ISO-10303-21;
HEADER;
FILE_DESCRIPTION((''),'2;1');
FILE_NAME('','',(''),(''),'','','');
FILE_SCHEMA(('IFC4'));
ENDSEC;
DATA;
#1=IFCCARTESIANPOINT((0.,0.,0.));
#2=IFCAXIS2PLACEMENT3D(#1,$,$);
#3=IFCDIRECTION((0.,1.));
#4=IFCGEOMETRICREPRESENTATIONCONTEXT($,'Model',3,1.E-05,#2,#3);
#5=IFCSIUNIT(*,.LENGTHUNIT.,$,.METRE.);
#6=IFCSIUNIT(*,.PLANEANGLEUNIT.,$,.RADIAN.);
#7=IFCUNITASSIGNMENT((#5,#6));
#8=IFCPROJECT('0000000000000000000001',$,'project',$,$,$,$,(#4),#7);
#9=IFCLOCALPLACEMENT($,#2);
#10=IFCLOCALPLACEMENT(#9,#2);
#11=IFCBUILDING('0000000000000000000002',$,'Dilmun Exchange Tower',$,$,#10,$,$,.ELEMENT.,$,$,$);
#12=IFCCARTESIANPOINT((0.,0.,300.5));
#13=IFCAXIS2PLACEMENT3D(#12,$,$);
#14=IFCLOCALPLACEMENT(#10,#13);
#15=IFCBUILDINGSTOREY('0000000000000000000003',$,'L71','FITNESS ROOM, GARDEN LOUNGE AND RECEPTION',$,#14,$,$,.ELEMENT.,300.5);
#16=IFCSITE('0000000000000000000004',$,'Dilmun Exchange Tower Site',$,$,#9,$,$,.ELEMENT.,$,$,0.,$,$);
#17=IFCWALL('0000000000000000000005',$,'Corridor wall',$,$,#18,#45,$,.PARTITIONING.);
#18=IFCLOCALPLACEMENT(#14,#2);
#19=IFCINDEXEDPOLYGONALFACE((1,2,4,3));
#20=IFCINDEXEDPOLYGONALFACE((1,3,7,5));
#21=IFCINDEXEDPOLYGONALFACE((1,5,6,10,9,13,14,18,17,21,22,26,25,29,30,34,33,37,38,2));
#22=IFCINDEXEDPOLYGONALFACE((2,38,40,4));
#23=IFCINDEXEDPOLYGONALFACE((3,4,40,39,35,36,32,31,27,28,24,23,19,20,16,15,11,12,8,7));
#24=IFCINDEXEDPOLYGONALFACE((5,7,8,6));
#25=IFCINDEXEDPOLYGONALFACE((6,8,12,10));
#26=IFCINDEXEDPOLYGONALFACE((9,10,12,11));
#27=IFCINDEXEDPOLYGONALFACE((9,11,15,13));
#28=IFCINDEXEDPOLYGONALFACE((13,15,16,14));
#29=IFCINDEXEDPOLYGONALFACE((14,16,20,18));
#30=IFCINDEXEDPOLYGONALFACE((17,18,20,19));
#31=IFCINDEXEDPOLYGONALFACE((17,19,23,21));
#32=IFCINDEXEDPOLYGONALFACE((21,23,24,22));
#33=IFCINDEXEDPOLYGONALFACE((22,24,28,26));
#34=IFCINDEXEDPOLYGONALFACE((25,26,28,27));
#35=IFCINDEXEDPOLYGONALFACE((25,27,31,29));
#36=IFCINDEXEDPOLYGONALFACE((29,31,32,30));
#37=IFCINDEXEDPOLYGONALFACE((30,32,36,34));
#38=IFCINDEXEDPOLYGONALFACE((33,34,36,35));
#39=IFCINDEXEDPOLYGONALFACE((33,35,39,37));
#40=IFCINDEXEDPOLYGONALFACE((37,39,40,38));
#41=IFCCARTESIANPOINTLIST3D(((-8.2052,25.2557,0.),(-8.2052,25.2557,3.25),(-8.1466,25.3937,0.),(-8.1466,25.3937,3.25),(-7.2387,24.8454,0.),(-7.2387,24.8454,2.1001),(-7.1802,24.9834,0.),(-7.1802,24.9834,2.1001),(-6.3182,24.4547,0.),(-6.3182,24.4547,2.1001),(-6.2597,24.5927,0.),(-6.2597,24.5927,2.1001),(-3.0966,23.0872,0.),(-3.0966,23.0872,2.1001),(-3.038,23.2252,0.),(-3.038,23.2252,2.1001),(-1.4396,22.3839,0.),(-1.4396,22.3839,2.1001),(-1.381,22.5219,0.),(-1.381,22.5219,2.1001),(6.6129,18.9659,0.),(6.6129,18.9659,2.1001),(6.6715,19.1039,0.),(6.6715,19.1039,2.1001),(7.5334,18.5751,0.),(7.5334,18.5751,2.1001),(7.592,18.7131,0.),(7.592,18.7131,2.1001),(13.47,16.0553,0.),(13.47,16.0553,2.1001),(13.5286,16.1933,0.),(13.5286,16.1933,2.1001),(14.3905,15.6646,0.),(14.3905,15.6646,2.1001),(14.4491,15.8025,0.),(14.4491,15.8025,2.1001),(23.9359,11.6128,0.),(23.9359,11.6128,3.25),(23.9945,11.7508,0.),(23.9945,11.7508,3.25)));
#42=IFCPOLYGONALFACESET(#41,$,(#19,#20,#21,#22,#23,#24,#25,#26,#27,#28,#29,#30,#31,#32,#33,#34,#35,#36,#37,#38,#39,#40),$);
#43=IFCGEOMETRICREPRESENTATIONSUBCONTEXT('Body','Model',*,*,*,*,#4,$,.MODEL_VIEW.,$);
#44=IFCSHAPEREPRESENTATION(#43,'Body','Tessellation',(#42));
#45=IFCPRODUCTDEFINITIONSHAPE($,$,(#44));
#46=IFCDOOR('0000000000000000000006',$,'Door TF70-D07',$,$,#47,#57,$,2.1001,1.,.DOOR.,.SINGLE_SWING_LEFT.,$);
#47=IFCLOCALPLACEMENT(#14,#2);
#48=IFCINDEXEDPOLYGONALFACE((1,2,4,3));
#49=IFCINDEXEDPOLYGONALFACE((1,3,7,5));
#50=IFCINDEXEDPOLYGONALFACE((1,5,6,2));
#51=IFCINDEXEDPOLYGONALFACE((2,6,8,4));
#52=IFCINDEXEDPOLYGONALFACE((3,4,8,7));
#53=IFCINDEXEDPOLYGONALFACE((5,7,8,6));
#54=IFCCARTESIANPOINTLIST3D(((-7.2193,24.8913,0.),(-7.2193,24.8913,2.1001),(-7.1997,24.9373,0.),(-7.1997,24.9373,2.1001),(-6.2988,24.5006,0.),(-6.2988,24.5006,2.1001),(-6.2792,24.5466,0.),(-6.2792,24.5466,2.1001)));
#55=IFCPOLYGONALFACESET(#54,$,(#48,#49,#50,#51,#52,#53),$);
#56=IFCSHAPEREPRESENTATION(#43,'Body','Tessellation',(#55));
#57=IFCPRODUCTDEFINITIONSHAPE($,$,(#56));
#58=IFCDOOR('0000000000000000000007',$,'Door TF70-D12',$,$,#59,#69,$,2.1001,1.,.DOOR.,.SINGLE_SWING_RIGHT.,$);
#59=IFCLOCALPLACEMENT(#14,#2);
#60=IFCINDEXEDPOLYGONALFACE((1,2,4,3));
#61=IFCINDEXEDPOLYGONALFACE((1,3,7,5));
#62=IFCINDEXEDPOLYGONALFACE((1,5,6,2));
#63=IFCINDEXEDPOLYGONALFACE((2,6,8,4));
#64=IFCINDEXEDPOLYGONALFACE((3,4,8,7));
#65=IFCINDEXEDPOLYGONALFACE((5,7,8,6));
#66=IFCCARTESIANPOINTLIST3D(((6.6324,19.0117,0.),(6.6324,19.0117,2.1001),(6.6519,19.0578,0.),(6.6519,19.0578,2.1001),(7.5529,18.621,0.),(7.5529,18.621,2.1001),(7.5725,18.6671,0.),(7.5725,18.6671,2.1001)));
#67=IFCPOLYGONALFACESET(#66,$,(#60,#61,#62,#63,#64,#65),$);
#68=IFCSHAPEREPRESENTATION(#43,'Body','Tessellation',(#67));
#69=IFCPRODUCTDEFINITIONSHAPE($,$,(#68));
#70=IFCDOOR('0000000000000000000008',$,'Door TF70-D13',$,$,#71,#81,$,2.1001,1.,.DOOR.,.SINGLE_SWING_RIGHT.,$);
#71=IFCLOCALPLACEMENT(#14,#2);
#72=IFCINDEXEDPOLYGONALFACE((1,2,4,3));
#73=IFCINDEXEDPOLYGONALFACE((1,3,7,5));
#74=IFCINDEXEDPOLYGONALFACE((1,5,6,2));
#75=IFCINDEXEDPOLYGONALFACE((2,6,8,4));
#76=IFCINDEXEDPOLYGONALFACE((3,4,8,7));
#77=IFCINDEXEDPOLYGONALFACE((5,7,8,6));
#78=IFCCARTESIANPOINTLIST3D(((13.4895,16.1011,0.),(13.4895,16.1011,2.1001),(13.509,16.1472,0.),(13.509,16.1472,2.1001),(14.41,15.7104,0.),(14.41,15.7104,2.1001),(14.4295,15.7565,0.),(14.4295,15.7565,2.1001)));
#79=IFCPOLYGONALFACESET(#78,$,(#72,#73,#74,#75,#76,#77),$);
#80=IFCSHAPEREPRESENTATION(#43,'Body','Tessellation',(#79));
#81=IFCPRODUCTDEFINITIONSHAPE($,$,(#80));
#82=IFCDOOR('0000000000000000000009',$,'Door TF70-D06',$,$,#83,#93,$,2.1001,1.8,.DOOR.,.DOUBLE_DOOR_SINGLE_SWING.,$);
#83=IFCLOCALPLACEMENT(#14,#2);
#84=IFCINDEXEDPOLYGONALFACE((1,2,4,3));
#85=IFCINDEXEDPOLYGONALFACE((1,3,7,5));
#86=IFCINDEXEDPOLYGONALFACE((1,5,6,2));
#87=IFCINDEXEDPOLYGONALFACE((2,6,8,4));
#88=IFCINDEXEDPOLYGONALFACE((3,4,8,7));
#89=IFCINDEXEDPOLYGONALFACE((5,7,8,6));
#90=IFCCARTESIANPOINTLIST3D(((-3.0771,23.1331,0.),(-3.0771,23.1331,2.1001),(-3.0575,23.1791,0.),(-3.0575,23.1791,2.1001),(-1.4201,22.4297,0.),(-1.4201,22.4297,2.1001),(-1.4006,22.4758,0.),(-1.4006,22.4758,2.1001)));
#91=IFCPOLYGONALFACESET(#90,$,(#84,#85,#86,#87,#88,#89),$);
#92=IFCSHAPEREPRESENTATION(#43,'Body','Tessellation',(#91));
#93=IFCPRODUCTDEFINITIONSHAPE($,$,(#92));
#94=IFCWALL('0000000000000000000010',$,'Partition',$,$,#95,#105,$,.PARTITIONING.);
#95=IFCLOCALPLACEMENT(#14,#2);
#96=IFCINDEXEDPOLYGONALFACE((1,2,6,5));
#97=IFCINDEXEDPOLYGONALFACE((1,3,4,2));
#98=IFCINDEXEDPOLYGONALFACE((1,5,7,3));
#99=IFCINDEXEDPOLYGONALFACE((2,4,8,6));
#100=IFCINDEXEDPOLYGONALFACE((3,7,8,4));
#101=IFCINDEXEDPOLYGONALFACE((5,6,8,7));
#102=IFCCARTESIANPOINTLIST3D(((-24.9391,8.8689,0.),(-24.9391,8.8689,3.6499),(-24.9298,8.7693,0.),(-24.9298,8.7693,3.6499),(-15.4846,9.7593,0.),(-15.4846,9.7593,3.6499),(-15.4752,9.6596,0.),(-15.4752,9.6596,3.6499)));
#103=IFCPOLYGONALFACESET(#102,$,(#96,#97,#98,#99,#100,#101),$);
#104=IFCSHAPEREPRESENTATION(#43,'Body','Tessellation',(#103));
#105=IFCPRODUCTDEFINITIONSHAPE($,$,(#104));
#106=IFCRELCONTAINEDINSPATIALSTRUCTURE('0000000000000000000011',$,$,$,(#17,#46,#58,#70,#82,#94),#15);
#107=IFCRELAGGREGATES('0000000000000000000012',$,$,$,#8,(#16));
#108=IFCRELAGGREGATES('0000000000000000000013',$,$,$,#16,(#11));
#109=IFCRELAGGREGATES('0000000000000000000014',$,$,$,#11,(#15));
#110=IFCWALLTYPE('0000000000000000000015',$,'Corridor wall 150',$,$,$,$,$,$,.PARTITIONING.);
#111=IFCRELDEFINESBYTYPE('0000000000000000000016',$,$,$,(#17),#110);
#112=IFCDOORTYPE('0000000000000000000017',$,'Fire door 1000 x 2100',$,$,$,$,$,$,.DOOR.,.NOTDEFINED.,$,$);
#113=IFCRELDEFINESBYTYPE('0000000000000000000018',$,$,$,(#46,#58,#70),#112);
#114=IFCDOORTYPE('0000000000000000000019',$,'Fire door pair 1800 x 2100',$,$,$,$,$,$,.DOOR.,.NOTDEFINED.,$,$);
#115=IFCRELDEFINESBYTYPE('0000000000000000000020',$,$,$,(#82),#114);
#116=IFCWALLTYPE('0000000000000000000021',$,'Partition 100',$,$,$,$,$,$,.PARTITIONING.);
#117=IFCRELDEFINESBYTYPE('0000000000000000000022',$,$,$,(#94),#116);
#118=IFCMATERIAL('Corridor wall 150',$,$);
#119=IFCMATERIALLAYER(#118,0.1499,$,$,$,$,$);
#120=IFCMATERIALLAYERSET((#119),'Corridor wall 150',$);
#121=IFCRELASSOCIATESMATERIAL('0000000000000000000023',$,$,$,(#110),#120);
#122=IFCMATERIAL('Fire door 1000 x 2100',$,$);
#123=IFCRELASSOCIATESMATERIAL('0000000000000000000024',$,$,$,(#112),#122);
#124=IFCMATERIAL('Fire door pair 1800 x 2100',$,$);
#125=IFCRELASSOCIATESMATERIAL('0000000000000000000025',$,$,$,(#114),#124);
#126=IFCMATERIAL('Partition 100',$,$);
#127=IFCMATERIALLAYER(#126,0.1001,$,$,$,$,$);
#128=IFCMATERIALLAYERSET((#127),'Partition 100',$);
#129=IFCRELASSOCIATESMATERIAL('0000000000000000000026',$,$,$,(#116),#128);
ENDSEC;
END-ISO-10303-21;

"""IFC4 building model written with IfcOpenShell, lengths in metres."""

from ifc_helpers import new_model, si_unit, direction, frame, frame_2d, origin, place, context, subcontext, project, spatial, rectangle, extrude, material, layer, layer_set, type_object, element, fill, save


model = new_model("IFC4")

# Units and contexts
model_context = context("Model", 3, precision=1e-05, world=origin(), true_north=direction((0.0, 1.0)))
body_context = subcontext(model_context, "Body", "Model", "MODEL_VIEW")
ifc_project = project(units=[si_unit("LENGTHUNIT", "METRE"), si_unit("PLANEANGLEUNIT", "RADIAN")], contexts=[model_context])

# Site, building, storey
site_placement = place(None, origin())
site = spatial("IfcSite", under=ifc_project, at=site_placement, Name="Dilmun Exchange Tower Site", CompositionType="ELEMENT", RefElevation=0.0)
building_placement = place(site_placement, origin())
building = spatial("IfcBuilding", under=site, at=building_placement, Name="Dilmun Exchange Tower", CompositionType="ELEMENT")
storey_placement = place(building_placement, frame((0.0, 0.0, 300.5)))
storey = spatial("IfcBuildingStorey", under=building, at=storey_placement, Name="L71", Description="FITNESS ROOM, GARDEN LOUNGE AND RECEPTION", CompositionType="ELEMENT", Elevation=300.5)

# Shared definitions
ifc_material_1 = material(Name="Corridor wall 150")
ifc_layer_1 = layer(ifc_material_1, 0.1499)
ifc_layer_set_1 = layer_set([ifc_layer_1], Name="Corridor wall 150")
wall_type_1 = type_object("IfcWallType", Name="Corridor wall 150", PredefinedType="PARTITIONING", material=ifc_layer_set_1)
ifc_material_2 = material(Name="Fire door 1000 x 2100")
door_type_1 = type_object("IfcDoorType", Name="Fire door 1000 x 2100", OperationType="NOTDEFINED", PredefinedType="DOOR", material=ifc_material_2)

# Wall, openings, doors
wall_1_placement = place(storey_placement, frame((-8.176, 25.3247, 0.0), z_axis=(0.0, 0.0, 1.0), x_axis=(0.920508, -0.390725, 0.0)))
wall_1 = element("IfcWall", 1, at=wall_1_placement, inside=storey, type_object=wall_type_1, Name="Corridor wall", PredefinedType="PARTITIONING", context=body_context, shape_type="SweptSolid", body=[
    extrude(rectangle(XDim=34.9167, YDim=0.1499, at=frame_2d((17.4585, 0.0))), origin(), (0.0, 0.0, 1.0), 3.25),
])
opening_1_placement = place(wall_1_placement, frame((5.55, 0.0, 0.0)))
opening_1 = element("IfcOpeningElement", 2, at=opening_1_placement, cuts=wall_1, PredefinedType="OPENING", context=body_context, shape_type="SweptSolid", body=[
    extrude(rectangle(XDim=1.8, YDim=2.1001, at=frame_2d((0.8999, 1.05))), frame((0.0, 0.085, 0.0), z_axis=(0.0, -1.0, 0.0), x_axis=(1.0, 0.0, 0.0)), (0.0, 0.0, 1.0), 0.1699),
])
opening_2_placement = place(wall_1_placement, frame((1.05, 0.0, 0.0)))
opening_2 = element("IfcOpeningElement", 3, at=opening_2_placement, cuts=wall_1, PredefinedType="OPENING", context=body_context, shape_type="SweptSolid", body=[
    extrude(rectangle(XDim=1.0, YDim=2.1001, at=frame_2d((0.5, 1.05))), frame((0.0, 0.085, 0.0), z_axis=(0.0, -1.0, 0.0), x_axis=(1.0, 0.0, 0.0)), (0.0, 0.0, 1.0), 0.1699),
])
opening_3_placement = place(wall_1_placement, frame((16.0979, 0.0, 0.0)))
opening_3 = element("IfcOpeningElement", 4, at=opening_3_placement, cuts=wall_1, PredefinedType="OPENING", context=body_context, shape_type="SweptSolid", body=[
    extrude(rectangle(XDim=1.0, YDim=2.1001, at=frame_2d((0.5, 1.05))), frame((0.0, 0.085, 0.0), z_axis=(0.0, -1.0, 0.0), x_axis=(1.0, 0.0, 0.0)), (0.0, 0.0, 1.0), 0.1699),
])
opening_4_placement = place(wall_1_placement, frame((23.5471, 0.0, 0.0)))
opening_4 = element("IfcOpeningElement", 5, at=opening_4_placement, cuts=wall_1, PredefinedType="OPENING", context=body_context, shape_type="SweptSolid", body=[
    extrude(rectangle(XDim=1.0, YDim=2.1001, at=frame_2d((0.5, 1.05))), frame((0.0, 0.085, 0.0), z_axis=(0.0, -1.0, 0.0), x_axis=(1.0, 0.0, 0.0)), (0.0, 0.0, 1.0), 0.1699),
])
door_1_placement = place(opening_2_placement, origin())
door_1 = element("IfcDoor", 6, at=door_1_placement, inside=storey, type_object=door_type_1, Name="Door TF70-D07", OperationType="SINGLE_SWING_LEFT", OverallHeight=2.1001, OverallWidth=1.0, PredefinedType="DOOR", context=body_context, shape_type="SweptSolid", body=[
    extrude(rectangle(XDim=1.0, YDim=2.1001, at=frame_2d((0.5, 1.05))), frame((0.0, 0.0249, 0.0), z_axis=(0.0, -1.0, 0.0), x_axis=(1.0, 0.0, 0.0)), (0.0, 0.0, 1.0), 0.05),
])
fill(opening_2, door_1)
door_2_placement = place(opening_3_placement, origin())
door_2 = element("IfcDoor", 7, at=door_2_placement, inside=storey, type_object=door_type_1, Name="Door TF70-D12", OperationType="SINGLE_SWING_RIGHT", OverallHeight=2.1001, OverallWidth=1.0, PredefinedType="DOOR", context=body_context, shape_type="SweptSolid", body=[
    extrude(rectangle(XDim=1.0, YDim=2.1001, at=frame_2d((0.5, 1.05))), frame((0.0, 0.0249, 0.0), z_axis=(0.0, -1.0, 0.0), x_axis=(1.0, 0.0, 0.0)), (0.0, 0.0, 1.0), 0.05),
])
fill(opening_3, door_2)
door_3_placement = place(opening_4_placement, origin())
door_3 = element("IfcDoor", 8, at=door_3_placement, inside=storey, type_object=door_type_1, Name="Door TF70-D13", OperationType="SINGLE_SWING_RIGHT", OverallHeight=2.1001, OverallWidth=1.0, PredefinedType="DOOR", context=body_context, shape_type="SweptSolid", body=[
    extrude(rectangle(XDim=1.0, YDim=2.1001, at=frame_2d((0.5, 1.05))), frame((0.0, 0.0249, 0.0), z_axis=(0.0, -1.0, 0.0), x_axis=(1.0, 0.0, 0.0)), (0.0, 0.0, 1.0), 0.05),
])
fill(opening_4, door_3)
ifc_material_3 = material(Name="Fire door pair 1800 x 2100")
door_type_2 = type_object("IfcDoorType", Name="Fire door pair 1800 x 2100", OperationType="NOTDEFINED", PredefinedType="DOOR", material=ifc_material_3)
door_4_placement = place(opening_1_placement, origin())
door_4 = element("IfcDoor", 9, at=door_4_placement, inside=storey, type_object=door_type_2, Name="Door TF70-D06", OperationType="DOUBLE_DOOR_SINGLE_SWING", OverallHeight=2.1001, OverallWidth=1.8, PredefinedType="DOOR", context=body_context, shape_type="SweptSolid", body=[
    extrude(rectangle(XDim=1.8, YDim=2.1001, at=frame_2d((0.8999, 1.05))), frame((0.0, 0.0249, 0.0), z_axis=(0.0, -1.0, 0.0), x_axis=(1.0, 0.0, 0.0)), (0.0, 0.0, 1.0), 0.05),
])
fill(opening_1, door_4)

# Wall
ifc_material_4 = material(Name="Partition 100")
ifc_layer_2 = layer(ifc_material_4, 0.1001)
ifc_layer_set_2 = layer_set([ifc_layer_2], Name="Partition 100")
wall_type_2 = type_object("IfcWallType", Name="Partition 100", PredefinedType="PARTITIONING", material=ifc_layer_set_2)
wall_2_placement = place(storey_placement, frame((-24.9343, 8.8191, 0.0), z_axis=(0.0, 0.0, 1.0), x_axis=(0.995595, 0.09376, 0.0)))
element("IfcWall", 10, at=wall_2_placement, inside=storey, type_object=wall_type_2, Name="Partition", PredefinedType="PARTITIONING", context=body_context, shape_type="SweptSolid", body=[
    extrude(rectangle(XDim=9.4963, YDim=0.1001, at=frame_2d((4.748, 0.0))), origin(), (0.0, 0.0, 1.0), 3.6499),
])

save(model, "model.ifc")
